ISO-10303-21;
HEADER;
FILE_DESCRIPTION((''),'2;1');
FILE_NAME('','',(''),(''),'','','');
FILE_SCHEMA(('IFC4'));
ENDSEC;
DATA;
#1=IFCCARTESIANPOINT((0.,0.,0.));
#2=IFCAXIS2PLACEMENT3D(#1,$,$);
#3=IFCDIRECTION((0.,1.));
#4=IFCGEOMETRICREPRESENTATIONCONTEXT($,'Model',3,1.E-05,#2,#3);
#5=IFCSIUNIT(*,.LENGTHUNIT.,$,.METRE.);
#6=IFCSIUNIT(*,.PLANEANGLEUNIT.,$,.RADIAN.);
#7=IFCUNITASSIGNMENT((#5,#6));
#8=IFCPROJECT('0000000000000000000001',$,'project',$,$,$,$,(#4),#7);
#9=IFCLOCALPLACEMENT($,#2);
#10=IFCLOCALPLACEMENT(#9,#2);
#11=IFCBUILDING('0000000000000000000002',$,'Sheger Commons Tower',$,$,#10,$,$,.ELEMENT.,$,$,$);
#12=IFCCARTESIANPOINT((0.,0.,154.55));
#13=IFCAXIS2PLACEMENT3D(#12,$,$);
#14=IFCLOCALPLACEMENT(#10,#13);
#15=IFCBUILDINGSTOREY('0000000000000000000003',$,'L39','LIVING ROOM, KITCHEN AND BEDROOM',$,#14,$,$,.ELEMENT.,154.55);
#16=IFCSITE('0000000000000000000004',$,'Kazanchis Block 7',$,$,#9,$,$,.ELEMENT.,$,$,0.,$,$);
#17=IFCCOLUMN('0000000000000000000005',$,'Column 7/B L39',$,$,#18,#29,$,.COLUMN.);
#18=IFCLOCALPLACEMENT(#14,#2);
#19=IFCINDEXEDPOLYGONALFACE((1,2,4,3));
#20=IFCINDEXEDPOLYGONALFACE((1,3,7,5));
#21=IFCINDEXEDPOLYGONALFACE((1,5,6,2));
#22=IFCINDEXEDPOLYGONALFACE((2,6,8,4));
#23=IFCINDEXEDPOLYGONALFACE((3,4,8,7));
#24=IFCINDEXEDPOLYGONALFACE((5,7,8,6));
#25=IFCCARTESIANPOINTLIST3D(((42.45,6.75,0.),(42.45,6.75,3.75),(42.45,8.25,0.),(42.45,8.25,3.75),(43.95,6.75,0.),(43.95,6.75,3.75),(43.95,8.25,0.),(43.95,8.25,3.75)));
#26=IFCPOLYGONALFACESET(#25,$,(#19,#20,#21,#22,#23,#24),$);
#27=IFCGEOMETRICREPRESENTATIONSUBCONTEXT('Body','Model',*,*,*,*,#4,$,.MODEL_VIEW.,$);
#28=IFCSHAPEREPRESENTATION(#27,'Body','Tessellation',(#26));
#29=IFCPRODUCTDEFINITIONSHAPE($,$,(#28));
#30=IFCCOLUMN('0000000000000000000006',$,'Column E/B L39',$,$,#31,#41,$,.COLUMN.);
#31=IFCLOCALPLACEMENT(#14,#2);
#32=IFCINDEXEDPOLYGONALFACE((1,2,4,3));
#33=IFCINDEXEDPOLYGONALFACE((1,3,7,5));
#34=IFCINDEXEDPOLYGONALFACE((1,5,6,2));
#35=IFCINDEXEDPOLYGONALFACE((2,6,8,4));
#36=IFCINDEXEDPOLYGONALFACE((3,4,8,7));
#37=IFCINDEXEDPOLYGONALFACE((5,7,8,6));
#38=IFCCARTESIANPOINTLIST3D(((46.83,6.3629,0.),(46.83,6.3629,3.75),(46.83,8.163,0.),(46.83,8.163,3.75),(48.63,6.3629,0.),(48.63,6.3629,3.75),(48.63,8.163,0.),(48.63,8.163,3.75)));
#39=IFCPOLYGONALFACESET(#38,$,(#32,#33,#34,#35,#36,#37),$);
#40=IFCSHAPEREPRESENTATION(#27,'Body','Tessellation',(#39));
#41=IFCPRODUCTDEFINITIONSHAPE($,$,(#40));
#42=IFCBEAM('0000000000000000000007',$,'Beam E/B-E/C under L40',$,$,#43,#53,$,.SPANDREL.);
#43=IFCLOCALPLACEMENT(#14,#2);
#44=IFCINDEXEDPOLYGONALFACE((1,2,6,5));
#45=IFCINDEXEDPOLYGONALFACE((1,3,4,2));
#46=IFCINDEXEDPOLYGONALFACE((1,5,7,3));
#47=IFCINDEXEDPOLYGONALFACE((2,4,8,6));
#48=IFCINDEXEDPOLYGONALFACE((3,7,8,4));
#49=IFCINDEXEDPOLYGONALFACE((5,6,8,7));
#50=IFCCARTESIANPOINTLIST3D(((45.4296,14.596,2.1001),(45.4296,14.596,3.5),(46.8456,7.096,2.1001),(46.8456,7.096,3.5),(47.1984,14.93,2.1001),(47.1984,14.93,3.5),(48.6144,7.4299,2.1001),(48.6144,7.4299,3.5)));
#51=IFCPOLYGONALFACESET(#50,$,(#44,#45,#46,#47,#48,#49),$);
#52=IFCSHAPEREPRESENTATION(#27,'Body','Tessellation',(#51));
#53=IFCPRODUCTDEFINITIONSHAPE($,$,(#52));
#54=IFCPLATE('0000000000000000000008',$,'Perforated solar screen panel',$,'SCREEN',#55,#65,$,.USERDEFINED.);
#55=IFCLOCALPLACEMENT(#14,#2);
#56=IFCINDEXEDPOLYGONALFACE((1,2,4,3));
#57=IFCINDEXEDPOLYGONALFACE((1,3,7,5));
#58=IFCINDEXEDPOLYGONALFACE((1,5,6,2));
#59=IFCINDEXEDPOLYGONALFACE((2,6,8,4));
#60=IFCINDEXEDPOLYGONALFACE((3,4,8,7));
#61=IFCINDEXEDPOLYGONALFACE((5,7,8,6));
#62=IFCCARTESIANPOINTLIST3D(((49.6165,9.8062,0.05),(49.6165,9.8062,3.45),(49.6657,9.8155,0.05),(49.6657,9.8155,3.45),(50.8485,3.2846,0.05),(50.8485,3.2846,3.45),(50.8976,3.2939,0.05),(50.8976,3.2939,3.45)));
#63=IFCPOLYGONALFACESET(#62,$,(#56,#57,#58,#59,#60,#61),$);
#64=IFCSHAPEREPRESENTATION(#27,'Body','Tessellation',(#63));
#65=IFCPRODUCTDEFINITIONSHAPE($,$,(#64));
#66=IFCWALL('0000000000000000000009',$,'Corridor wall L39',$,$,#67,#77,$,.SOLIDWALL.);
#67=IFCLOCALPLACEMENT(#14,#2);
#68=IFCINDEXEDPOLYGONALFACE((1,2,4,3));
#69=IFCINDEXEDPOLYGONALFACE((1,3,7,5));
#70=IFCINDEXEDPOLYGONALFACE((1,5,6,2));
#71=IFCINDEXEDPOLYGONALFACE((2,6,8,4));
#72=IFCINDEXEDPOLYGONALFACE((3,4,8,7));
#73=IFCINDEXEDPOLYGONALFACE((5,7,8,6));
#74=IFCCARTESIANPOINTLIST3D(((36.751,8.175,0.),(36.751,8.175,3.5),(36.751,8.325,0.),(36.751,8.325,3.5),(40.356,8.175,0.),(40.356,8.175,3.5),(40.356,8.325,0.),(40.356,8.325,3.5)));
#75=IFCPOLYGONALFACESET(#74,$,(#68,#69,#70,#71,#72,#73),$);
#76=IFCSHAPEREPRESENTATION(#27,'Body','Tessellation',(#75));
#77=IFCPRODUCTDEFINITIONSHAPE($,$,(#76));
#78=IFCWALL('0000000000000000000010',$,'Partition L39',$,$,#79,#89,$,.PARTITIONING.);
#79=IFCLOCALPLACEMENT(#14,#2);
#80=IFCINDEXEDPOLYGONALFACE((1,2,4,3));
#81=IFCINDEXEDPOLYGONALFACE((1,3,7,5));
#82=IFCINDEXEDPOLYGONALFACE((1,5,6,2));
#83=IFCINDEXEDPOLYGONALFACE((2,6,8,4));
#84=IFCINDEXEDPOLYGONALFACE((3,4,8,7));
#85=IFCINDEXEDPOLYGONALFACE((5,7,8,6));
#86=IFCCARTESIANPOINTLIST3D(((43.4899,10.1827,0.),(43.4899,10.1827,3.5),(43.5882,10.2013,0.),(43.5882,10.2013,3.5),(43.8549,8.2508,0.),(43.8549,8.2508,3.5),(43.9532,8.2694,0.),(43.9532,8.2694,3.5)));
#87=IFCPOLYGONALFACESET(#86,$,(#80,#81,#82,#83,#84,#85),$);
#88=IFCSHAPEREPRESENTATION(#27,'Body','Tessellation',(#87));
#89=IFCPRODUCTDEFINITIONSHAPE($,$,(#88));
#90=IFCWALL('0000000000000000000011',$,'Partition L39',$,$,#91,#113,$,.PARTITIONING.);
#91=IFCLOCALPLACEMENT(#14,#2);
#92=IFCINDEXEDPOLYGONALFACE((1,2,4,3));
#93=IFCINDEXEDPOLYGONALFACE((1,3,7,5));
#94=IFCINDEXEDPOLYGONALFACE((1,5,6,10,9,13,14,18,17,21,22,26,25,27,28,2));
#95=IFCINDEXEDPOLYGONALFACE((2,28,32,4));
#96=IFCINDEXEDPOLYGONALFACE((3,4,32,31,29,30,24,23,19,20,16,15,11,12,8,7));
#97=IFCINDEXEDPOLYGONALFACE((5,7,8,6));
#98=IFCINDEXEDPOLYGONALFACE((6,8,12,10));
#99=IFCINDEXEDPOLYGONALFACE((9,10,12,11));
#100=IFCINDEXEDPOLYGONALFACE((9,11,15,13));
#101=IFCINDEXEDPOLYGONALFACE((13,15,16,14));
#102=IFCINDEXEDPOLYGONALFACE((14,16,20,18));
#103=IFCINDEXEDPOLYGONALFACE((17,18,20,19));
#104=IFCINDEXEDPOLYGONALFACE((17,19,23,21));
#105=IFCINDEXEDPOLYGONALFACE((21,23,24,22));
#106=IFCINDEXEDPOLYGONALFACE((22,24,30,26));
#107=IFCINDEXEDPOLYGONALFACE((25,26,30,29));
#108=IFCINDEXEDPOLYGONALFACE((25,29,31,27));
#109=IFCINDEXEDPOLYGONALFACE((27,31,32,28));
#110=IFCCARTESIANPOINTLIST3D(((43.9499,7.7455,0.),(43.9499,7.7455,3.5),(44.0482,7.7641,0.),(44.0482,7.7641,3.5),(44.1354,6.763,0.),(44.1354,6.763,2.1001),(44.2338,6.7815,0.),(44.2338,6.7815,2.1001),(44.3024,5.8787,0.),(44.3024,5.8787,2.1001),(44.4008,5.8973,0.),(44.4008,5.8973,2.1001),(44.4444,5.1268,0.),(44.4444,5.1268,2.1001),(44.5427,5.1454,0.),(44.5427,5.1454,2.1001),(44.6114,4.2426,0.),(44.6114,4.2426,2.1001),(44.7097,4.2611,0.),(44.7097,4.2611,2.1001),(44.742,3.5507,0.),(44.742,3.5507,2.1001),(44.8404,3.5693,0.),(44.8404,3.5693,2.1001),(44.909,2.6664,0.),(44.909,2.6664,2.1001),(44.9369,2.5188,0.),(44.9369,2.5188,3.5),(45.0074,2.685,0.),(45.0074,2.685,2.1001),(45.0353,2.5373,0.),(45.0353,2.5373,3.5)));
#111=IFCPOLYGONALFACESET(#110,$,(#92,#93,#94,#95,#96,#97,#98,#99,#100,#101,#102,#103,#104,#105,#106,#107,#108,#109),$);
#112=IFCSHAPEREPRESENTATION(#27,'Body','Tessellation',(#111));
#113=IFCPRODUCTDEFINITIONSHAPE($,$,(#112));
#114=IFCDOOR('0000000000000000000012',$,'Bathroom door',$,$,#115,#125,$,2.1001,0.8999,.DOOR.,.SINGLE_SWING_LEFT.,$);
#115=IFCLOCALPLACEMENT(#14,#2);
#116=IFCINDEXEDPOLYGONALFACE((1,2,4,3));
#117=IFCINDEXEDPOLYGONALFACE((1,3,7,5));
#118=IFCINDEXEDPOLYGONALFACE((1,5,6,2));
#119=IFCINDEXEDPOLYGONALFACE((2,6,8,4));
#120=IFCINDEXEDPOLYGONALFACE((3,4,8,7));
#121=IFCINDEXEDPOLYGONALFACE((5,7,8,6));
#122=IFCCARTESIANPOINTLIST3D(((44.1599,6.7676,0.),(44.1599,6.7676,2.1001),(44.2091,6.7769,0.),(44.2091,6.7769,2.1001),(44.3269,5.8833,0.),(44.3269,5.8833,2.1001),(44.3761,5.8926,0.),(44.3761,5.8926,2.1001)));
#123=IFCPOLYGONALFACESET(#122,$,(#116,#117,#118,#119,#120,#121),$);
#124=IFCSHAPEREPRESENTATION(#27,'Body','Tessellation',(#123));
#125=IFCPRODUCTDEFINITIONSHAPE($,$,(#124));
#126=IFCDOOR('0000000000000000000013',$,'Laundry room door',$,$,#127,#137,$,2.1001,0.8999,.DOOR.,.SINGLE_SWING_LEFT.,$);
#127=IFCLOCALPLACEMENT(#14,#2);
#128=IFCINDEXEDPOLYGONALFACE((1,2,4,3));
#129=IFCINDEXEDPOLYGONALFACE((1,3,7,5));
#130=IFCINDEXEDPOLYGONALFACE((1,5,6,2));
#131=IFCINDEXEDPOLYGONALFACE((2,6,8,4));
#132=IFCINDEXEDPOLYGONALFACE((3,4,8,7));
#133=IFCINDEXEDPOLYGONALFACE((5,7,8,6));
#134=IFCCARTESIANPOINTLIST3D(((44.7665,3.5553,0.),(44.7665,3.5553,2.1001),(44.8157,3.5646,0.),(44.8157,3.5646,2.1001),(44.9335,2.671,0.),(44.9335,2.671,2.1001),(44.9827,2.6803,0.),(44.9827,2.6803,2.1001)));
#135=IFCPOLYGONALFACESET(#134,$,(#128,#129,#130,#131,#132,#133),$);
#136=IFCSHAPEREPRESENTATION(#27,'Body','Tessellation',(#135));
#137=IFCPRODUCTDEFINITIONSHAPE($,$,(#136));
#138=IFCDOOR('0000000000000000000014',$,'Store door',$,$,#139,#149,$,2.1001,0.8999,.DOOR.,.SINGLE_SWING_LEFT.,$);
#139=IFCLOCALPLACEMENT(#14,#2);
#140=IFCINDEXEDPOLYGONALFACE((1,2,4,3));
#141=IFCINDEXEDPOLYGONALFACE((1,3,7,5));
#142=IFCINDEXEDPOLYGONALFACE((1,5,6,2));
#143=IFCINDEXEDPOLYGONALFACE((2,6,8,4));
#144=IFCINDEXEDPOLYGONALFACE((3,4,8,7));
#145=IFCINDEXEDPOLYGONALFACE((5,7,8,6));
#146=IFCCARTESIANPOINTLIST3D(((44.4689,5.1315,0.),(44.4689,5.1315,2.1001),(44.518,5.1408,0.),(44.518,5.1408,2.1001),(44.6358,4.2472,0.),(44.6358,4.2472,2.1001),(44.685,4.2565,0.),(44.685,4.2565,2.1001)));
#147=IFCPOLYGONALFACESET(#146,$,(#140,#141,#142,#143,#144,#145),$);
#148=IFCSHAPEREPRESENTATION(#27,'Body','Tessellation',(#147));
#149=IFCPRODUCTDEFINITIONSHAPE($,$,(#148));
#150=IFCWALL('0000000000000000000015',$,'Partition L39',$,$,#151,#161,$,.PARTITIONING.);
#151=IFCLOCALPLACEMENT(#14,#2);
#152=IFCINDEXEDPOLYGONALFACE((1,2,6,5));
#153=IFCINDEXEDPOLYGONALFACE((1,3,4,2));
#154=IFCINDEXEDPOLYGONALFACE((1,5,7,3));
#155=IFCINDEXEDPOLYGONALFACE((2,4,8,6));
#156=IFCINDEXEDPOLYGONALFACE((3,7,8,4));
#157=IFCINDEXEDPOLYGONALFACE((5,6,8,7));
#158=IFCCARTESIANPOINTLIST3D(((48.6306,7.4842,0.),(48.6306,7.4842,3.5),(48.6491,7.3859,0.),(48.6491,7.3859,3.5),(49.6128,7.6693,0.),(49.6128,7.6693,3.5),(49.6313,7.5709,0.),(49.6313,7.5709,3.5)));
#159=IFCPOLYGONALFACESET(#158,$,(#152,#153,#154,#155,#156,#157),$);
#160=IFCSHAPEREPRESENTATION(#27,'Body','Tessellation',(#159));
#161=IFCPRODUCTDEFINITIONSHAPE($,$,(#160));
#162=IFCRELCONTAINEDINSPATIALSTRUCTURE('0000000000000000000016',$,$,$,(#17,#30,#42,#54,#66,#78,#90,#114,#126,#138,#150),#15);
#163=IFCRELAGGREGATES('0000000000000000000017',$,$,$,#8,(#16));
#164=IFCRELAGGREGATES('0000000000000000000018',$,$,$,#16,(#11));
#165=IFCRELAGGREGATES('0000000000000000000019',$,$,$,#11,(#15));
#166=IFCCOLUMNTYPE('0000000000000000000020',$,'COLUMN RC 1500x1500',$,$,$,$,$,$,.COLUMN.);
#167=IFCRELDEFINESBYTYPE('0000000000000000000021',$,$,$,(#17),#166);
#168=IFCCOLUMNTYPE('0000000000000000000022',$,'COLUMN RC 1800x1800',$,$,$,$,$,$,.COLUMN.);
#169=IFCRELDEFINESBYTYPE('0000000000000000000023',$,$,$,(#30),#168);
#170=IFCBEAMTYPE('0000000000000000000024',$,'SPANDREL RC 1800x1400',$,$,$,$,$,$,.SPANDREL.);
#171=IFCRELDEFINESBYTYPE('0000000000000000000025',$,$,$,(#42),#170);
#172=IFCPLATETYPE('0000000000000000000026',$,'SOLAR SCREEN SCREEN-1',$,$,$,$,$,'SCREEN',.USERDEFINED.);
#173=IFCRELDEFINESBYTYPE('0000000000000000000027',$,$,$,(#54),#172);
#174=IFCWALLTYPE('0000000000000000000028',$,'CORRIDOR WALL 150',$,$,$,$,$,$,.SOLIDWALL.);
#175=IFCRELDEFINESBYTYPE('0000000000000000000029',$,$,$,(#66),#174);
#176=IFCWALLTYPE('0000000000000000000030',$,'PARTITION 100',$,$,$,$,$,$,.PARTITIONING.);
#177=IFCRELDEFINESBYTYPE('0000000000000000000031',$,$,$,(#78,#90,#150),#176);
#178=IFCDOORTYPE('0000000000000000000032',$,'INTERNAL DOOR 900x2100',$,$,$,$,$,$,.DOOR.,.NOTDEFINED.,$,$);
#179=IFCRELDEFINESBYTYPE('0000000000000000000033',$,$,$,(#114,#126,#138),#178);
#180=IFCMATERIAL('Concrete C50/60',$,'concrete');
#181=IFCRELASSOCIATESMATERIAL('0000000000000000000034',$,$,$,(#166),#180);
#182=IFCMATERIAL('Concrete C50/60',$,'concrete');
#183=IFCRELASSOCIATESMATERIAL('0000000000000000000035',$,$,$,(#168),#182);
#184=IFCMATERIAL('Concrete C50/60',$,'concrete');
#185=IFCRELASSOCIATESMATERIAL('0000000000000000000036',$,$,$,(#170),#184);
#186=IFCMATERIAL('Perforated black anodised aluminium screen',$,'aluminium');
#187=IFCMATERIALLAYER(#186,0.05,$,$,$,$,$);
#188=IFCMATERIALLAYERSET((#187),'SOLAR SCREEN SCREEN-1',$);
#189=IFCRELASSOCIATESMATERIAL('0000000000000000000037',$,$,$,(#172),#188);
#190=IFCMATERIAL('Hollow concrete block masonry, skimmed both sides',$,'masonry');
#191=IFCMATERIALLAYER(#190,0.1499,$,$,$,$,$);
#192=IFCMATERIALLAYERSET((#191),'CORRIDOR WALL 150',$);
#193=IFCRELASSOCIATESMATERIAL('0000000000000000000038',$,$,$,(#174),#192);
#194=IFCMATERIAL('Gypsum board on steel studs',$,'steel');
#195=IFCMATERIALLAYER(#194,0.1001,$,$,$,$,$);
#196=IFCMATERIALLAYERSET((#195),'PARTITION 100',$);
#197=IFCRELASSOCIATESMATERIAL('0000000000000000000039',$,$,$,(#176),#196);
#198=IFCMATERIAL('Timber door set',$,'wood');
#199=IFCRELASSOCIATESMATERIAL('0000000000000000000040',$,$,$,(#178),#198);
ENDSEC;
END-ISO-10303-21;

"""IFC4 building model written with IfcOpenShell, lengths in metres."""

from ifc_helpers import new_model, si_unit, direction, frame, frame_2d, origin, origin_2d, place, context, subcontext, project, spatial, rectangle, extrude, material, layer, layer_set, material_profile, profile_set, type_object, element, fill, save


model = new_model("IFC4")

# Units and contexts
model_context = context("Model", 3, precision=1e-05, world=origin(), true_north=direction((0.0, 1.0)))
body_context = subcontext(model_context, "Body", "Model", "MODEL_VIEW")
ifc_project = project(units=[si_unit("LENGTHUNIT", "METRE"), si_unit("PLANEANGLEUNIT", "RADIAN")], contexts=[model_context])

# Site, building, storey
site_placement = place(None, origin())
site = spatial("IfcSite", under=ifc_project, at=site_placement, Name="Kazanchis Block 7", CompositionType="ELEMENT", RefElevation=0.0)
building_placement = place(site_placement, origin())
building = spatial("IfcBuilding", under=site, at=building_placement, Name="Sheger Commons Tower", CompositionType="ELEMENT")
storey_placement = place(building_placement, frame((0.0, 0.0, 154.55)))
storey = spatial("IfcBuildingStorey", under=building, at=storey_placement, Name="L39", Description="LIVING ROOM, KITCHEN AND BEDROOM", CompositionType="ELEMENT", Elevation=154.55)

# Columns
ifc_material_1 = material(Name="Concrete C50/60", Category="concrete")
ifc_material_profile_1 = material_profile(ifc_material_1, rectangle(XDim=1.5, YDim=1.5, at=origin_2d()), Name="RC 1500x1500")
ifc_profile_set_1 = profile_set([ifc_material_profile_1], Name="Concrete C50/60")
column_type_1 = type_object("IfcColumnType", Name="COLUMN RC 1500x1500", PredefinedType="COLUMN", material=ifc_profile_set_1)
column_1_placement = place(storey_placement, frame((43.2, 7.5, 0.0), z_axis=(0.0, 0.0, 1.0), x_axis=(1.0, 0.0, 0.0)))
element("IfcColumn", 1, at=column_1_placement, inside=storey, type_object=column_type_1, Name="Column 7/B L39", PredefinedType="COLUMN", context=body_context, shape_type="SweptSolid", body=[
    extrude(rectangle(XDim=1.5, YDim=1.5, at=origin_2d()), origin(), (0.0, 0.0, 1.0), 3.75),
])
ifc_material_2 = material(Name="Concrete C50/60", Category="concrete")
ifc_material_profile_2 = material_profile(ifc_material_2, rectangle(XDim=1.8, YDim=1.8, at=origin_2d()), Name="RC 1800x1800")
ifc_profile_set_2 = profile_set([ifc_material_profile_2], Name="Concrete C50/60")
column_type_2 = type_object("IfcColumnType", Name="COLUMN RC 1800x1800", PredefinedType="COLUMN", material=ifc_profile_set_2)
column_2_placement = place(storey_placement, frame((47.73, 7.2629, 0.0), z_axis=(0.0, 0.0, 1.0), x_axis=(1.0, 0.0, 0.0)))
element("IfcColumn", 2, at=column_2_placement, inside=storey, type_object=column_type_2, Name="Column E/B L39", PredefinedType="COLUMN", context=body_context, shape_type="SweptSolid", body=[
    extrude(rectangle(XDim=1.8, YDim=1.8, at=origin_2d()), origin(), (0.0, 0.0, 1.0), 3.75),
])

# Beam
ifc_material_3 = material(Name="Concrete C50/60", Category="concrete")
ifc_material_profile_3 = material_profile(ifc_material_3, rectangle(XDim=1.8, YDim=1.3999, at=origin_2d()), Name="RC 1800x1400")
ifc_profile_set_3 = profile_set([ifc_material_profile_3], Name="Concrete C50/60")
beam_type = type_object("IfcBeamType", Name="SPANDREL RC 1800x1400", PredefinedType="SPANDREL", material=ifc_profile_set_3)
beam_placement = place(storey_placement, frame((47.73, 7.2629, 2.8), z_axis=(-0.185524, 0.98264, 0.0), x_axis=(-0.98264, -0.185524, 0.0)))
element("IfcBeam", 3, at=beam_placement, inside=storey, type_object=beam_type, Name="Beam E/B-E/C under L40", PredefinedType="SPANDREL", context=body_context, shape_type="SweptSolid", body=[
    extrude(rectangle(XDim=1.8, YDim=1.3999, at=origin_2d()), origin(), (0.0, 0.0, 1.0), 7.6326),
])

# Plate
ifc_material_4 = material(Name="Perforated black anodised aluminium screen", Category="aluminium")
ifc_layer_1 = layer(ifc_material_4, 0.05)
ifc_layer_set_1 = layer_set([ifc_layer_1], Name="SOLAR SCREEN SCREEN-1")
plate_type = type_object("IfcPlateType", Name="SOLAR SCREEN SCREEN-1", ElementType="SCREEN", PredefinedType="USERDEFINED", material=ifc_layer_set_1)
plate_placement = place(storey_placement, frame((50.2571, 6.55, 0.05), z_axis=(0.0, 0.0, 1.0), x_axis=(-0.185615, 0.982623, 0.0)))
element("IfcPlate", 4, at=plate_placement, inside=storey, type_object=plate_type, Name="Perforated solar screen panel", ObjectType="SCREEN", PredefinedType="USERDEFINED", context=body_context, shape_type="SweptSolid", body=[
    extrude(rectangle(XDim=6.637, YDim=0.05, at=origin_2d()), origin(), (0.0, 0.0, 1.0), 3.3999),
])

# Walls
ifc_material_5 = material(Name="Hollow concrete block masonry, skimmed both sides", Category="masonry")
ifc_layer_2 = layer(ifc_material_5, 0.1499)
ifc_layer_set_2 = layer_set([ifc_layer_2], Name="CORRIDOR WALL 150")
wall_type_1 = type_object("IfcWallType", Name="CORRIDOR WALL 150", PredefinedType="SOLIDWALL", material=ifc_layer_set_2)
wall_1_placement = place(storey_placement, frame((40.356, 8.25, 0.0), z_axis=(0.0, 0.0, 1.0), x_axis=(-1.0, 0.0, 0.0)))
element("IfcWall", 5, at=wall_1_placement, inside=storey, type_object=wall_type_1, Name="Corridor wall L39", PredefinedType="SOLIDWALL", context=body_context, shape_type="SweptSolid", body=[
    extrude(rectangle(XDim=3.605, YDim=0.1499, at=frame_2d((1.8025, 0.0))), origin(), (0.0, 0.0, 1.0), 3.5),
])
ifc_material_6 = material(Name="Gypsum board on steel studs", Category="steel")
ifc_layer_3 = layer(ifc_material_6, 0.1001)
ifc_layer_set_3 = layer_set([ifc_layer_3], Name="PARTITION 100")
wall_type_2 = type_object("IfcWallType", Name="PARTITION 100", PredefinedType="PARTITIONING", material=ifc_layer_set_3)
wall_2_placement = place(storey_placement, frame((43.5391, 10.1919, 0.0), z_axis=(0.0, 0.0, 1.0), x_axis=(0.185645, -0.982617, 0.0)))
element("IfcWall", 6, at=wall_2_placement, inside=storey, type_object=wall_type_2, Name="Partition L39", PredefinedType="PARTITIONING", context=body_context, shape_type="SweptSolid", body=[
    extrude(rectangle(XDim=1.9661, YDim=0.1001, at=frame_2d((0.9829, 0.0))), origin(), (0.0, 0.0, 1.0), 3.5),
])

# Wall, openings, doors
wall_3_placement = place(storey_placement, frame((43.999, 7.7549, 0.0), z_axis=(0.0, 0.0, 1.0), x_axis=(0.185566, -0.982632, 0.0)))
wall_3 = element("IfcWall", 7, at=wall_3_placement, inside=storey, type_object=wall_type_2, Name="Partition L39", PredefinedType="PARTITIONING", context=body_context, shape_type="SweptSolid", body=[
    extrude(rectangle(XDim=5.3191, YDim=0.1001, at=frame_2d((2.6597, 0.0))), origin(), (0.0, 0.0, 1.0), 3.5),
])
opening_1_placement = place(wall_3_placement, frame((1.0, 0.0, 0.0)))
opening_1 = element("IfcOpeningElement", 8, at=opening_1_placement, cuts=wall_3, PredefinedType="OPENING", context=body_context, shape_type="SweptSolid", body=[
    extrude(rectangle(XDim=0.8999, YDim=2.1001, at=frame_2d((0.45, 1.05))), frame((0.0, 0.0601, 0.0), z_axis=(0.0, -1.0, 0.0), x_axis=(1.0, 0.0, 0.0)), (0.0, 0.0, 1.0), 0.1201),
])
opening_2_placement = place(wall_3_placement, frame((4.269, 0.0, 0.0)))
opening_2 = element("IfcOpeningElement", 9, at=opening_2_placement, cuts=wall_3, PredefinedType="OPENING", context=body_context, shape_type="SweptSolid", body=[
    extrude(rectangle(XDim=0.8999, YDim=2.1001, at=frame_2d((0.45, 1.05))), frame((0.0, 0.0601, 0.0), z_axis=(0.0, -1.0, 0.0), x_axis=(1.0, 0.0, 0.0)), (0.0, 0.0, 1.0), 0.1201),
])
opening_3_placement = place(wall_3_placement, frame((2.665, 0.0, 0.0)))
opening_3 = element("IfcOpeningElement", 10, at=opening_3_placement, cuts=wall_3, PredefinedType="OPENING", context=body_context, shape_type="SweptSolid", body=[
    extrude(rectangle(XDim=0.8999, YDim=2.1001, at=frame_2d((0.45, 1.05))), frame((0.0, 0.0601, 0.0), z_axis=(0.0, -1.0, 0.0), x_axis=(1.0, 0.0, 0.0)), (0.0, 0.0, 1.0), 0.1201),
])
ifc_material_7 = material(Name="Timber door set", Category="wood")
door_type = type_object("IfcDoorType", Name="INTERNAL DOOR 900x2100", OperationType="NOTDEFINED", PredefinedType="DOOR", material=ifc_material_7)
door_1_placement = place(opening_1_placement, origin())
door_1 = element("IfcDoor", 11, at=door_1_placement, inside=storey, type_object=door_type, Name="Bathroom door", OperationType="SINGLE_SWING_LEFT", OverallHeight=2.1001, OverallWidth=0.8999, PredefinedType="DOOR", context=body_context, shape_type="SweptSolid", body=[
    extrude(rectangle(XDim=0.8999, YDim=2.1001, at=frame_2d((0.45, 1.05))), frame((0.0, 0.0249, 0.0), z_axis=(0.0, -1.0, 0.0), x_axis=(1.0, 0.0, 0.0)), (0.0, 0.0, 1.0), 0.05),
])
fill(opening_1, door_1)
door_2_placement = place(opening_2_placement, origin())
door_2 = element("IfcDoor", 12, at=door_2_placement, inside=storey, type_object=door_type, Name="Laundry room door", OperationType="SINGLE_SWING_LEFT", OverallHeight=2.1001, OverallWidth=0.8999, PredefinedType="DOOR", context=body_context, shape_type="SweptSolid", body=[
    extrude(rectangle(XDim=0.8999, YDim=2.1001, at=frame_2d((0.45, 1.05))), frame((0.0, 0.0249, 0.0), z_axis=(0.0, -1.0, 0.0), x_axis=(1.0, 0.0, 0.0)), (0.0, 0.0, 1.0), 0.05),
])
fill(opening_2, door_2)
door_3_placement = place(opening_3_placement, origin())
door_3 = element("IfcDoor", 13, at=door_3_placement, inside=storey, type_object=door_type, Name="Store door", OperationType="SINGLE_SWING_LEFT", OverallHeight=2.1001, OverallWidth=0.8999, PredefinedType="DOOR", context=body_context, shape_type="SweptSolid", body=[
    extrude(rectangle(XDim=0.8999, YDim=2.1001, at=frame_2d((0.45, 1.05))), frame((0.0, 0.0249, 0.0), z_axis=(0.0, -1.0, 0.0), x_axis=(1.0, 0.0, 0.0)), (0.0, 0.0, 1.0), 0.05),
])
fill(opening_3, door_3)

# Wall
wall_4_placement = place(storey_placement, frame((49.6221, 7.6201, 0.0), z_axis=(0.0, 0.0, 1.0), x_axis=(-0.982709, -0.185159, 0.0)))
element("IfcWall", 14, at=wall_4_placement, inside=storey, type_object=wall_type_2, Name="Partition L39", PredefinedType="PARTITIONING", context=body_context, shape_type="SweptSolid", body=[
    extrude(rectangle(XDim=0.9995, YDim=0.1001, at=frame_2d((0.4998, 0.0))), origin(), (0.0, 0.0, 1.0), 3.5),
])

save(model, "model.ifc")
